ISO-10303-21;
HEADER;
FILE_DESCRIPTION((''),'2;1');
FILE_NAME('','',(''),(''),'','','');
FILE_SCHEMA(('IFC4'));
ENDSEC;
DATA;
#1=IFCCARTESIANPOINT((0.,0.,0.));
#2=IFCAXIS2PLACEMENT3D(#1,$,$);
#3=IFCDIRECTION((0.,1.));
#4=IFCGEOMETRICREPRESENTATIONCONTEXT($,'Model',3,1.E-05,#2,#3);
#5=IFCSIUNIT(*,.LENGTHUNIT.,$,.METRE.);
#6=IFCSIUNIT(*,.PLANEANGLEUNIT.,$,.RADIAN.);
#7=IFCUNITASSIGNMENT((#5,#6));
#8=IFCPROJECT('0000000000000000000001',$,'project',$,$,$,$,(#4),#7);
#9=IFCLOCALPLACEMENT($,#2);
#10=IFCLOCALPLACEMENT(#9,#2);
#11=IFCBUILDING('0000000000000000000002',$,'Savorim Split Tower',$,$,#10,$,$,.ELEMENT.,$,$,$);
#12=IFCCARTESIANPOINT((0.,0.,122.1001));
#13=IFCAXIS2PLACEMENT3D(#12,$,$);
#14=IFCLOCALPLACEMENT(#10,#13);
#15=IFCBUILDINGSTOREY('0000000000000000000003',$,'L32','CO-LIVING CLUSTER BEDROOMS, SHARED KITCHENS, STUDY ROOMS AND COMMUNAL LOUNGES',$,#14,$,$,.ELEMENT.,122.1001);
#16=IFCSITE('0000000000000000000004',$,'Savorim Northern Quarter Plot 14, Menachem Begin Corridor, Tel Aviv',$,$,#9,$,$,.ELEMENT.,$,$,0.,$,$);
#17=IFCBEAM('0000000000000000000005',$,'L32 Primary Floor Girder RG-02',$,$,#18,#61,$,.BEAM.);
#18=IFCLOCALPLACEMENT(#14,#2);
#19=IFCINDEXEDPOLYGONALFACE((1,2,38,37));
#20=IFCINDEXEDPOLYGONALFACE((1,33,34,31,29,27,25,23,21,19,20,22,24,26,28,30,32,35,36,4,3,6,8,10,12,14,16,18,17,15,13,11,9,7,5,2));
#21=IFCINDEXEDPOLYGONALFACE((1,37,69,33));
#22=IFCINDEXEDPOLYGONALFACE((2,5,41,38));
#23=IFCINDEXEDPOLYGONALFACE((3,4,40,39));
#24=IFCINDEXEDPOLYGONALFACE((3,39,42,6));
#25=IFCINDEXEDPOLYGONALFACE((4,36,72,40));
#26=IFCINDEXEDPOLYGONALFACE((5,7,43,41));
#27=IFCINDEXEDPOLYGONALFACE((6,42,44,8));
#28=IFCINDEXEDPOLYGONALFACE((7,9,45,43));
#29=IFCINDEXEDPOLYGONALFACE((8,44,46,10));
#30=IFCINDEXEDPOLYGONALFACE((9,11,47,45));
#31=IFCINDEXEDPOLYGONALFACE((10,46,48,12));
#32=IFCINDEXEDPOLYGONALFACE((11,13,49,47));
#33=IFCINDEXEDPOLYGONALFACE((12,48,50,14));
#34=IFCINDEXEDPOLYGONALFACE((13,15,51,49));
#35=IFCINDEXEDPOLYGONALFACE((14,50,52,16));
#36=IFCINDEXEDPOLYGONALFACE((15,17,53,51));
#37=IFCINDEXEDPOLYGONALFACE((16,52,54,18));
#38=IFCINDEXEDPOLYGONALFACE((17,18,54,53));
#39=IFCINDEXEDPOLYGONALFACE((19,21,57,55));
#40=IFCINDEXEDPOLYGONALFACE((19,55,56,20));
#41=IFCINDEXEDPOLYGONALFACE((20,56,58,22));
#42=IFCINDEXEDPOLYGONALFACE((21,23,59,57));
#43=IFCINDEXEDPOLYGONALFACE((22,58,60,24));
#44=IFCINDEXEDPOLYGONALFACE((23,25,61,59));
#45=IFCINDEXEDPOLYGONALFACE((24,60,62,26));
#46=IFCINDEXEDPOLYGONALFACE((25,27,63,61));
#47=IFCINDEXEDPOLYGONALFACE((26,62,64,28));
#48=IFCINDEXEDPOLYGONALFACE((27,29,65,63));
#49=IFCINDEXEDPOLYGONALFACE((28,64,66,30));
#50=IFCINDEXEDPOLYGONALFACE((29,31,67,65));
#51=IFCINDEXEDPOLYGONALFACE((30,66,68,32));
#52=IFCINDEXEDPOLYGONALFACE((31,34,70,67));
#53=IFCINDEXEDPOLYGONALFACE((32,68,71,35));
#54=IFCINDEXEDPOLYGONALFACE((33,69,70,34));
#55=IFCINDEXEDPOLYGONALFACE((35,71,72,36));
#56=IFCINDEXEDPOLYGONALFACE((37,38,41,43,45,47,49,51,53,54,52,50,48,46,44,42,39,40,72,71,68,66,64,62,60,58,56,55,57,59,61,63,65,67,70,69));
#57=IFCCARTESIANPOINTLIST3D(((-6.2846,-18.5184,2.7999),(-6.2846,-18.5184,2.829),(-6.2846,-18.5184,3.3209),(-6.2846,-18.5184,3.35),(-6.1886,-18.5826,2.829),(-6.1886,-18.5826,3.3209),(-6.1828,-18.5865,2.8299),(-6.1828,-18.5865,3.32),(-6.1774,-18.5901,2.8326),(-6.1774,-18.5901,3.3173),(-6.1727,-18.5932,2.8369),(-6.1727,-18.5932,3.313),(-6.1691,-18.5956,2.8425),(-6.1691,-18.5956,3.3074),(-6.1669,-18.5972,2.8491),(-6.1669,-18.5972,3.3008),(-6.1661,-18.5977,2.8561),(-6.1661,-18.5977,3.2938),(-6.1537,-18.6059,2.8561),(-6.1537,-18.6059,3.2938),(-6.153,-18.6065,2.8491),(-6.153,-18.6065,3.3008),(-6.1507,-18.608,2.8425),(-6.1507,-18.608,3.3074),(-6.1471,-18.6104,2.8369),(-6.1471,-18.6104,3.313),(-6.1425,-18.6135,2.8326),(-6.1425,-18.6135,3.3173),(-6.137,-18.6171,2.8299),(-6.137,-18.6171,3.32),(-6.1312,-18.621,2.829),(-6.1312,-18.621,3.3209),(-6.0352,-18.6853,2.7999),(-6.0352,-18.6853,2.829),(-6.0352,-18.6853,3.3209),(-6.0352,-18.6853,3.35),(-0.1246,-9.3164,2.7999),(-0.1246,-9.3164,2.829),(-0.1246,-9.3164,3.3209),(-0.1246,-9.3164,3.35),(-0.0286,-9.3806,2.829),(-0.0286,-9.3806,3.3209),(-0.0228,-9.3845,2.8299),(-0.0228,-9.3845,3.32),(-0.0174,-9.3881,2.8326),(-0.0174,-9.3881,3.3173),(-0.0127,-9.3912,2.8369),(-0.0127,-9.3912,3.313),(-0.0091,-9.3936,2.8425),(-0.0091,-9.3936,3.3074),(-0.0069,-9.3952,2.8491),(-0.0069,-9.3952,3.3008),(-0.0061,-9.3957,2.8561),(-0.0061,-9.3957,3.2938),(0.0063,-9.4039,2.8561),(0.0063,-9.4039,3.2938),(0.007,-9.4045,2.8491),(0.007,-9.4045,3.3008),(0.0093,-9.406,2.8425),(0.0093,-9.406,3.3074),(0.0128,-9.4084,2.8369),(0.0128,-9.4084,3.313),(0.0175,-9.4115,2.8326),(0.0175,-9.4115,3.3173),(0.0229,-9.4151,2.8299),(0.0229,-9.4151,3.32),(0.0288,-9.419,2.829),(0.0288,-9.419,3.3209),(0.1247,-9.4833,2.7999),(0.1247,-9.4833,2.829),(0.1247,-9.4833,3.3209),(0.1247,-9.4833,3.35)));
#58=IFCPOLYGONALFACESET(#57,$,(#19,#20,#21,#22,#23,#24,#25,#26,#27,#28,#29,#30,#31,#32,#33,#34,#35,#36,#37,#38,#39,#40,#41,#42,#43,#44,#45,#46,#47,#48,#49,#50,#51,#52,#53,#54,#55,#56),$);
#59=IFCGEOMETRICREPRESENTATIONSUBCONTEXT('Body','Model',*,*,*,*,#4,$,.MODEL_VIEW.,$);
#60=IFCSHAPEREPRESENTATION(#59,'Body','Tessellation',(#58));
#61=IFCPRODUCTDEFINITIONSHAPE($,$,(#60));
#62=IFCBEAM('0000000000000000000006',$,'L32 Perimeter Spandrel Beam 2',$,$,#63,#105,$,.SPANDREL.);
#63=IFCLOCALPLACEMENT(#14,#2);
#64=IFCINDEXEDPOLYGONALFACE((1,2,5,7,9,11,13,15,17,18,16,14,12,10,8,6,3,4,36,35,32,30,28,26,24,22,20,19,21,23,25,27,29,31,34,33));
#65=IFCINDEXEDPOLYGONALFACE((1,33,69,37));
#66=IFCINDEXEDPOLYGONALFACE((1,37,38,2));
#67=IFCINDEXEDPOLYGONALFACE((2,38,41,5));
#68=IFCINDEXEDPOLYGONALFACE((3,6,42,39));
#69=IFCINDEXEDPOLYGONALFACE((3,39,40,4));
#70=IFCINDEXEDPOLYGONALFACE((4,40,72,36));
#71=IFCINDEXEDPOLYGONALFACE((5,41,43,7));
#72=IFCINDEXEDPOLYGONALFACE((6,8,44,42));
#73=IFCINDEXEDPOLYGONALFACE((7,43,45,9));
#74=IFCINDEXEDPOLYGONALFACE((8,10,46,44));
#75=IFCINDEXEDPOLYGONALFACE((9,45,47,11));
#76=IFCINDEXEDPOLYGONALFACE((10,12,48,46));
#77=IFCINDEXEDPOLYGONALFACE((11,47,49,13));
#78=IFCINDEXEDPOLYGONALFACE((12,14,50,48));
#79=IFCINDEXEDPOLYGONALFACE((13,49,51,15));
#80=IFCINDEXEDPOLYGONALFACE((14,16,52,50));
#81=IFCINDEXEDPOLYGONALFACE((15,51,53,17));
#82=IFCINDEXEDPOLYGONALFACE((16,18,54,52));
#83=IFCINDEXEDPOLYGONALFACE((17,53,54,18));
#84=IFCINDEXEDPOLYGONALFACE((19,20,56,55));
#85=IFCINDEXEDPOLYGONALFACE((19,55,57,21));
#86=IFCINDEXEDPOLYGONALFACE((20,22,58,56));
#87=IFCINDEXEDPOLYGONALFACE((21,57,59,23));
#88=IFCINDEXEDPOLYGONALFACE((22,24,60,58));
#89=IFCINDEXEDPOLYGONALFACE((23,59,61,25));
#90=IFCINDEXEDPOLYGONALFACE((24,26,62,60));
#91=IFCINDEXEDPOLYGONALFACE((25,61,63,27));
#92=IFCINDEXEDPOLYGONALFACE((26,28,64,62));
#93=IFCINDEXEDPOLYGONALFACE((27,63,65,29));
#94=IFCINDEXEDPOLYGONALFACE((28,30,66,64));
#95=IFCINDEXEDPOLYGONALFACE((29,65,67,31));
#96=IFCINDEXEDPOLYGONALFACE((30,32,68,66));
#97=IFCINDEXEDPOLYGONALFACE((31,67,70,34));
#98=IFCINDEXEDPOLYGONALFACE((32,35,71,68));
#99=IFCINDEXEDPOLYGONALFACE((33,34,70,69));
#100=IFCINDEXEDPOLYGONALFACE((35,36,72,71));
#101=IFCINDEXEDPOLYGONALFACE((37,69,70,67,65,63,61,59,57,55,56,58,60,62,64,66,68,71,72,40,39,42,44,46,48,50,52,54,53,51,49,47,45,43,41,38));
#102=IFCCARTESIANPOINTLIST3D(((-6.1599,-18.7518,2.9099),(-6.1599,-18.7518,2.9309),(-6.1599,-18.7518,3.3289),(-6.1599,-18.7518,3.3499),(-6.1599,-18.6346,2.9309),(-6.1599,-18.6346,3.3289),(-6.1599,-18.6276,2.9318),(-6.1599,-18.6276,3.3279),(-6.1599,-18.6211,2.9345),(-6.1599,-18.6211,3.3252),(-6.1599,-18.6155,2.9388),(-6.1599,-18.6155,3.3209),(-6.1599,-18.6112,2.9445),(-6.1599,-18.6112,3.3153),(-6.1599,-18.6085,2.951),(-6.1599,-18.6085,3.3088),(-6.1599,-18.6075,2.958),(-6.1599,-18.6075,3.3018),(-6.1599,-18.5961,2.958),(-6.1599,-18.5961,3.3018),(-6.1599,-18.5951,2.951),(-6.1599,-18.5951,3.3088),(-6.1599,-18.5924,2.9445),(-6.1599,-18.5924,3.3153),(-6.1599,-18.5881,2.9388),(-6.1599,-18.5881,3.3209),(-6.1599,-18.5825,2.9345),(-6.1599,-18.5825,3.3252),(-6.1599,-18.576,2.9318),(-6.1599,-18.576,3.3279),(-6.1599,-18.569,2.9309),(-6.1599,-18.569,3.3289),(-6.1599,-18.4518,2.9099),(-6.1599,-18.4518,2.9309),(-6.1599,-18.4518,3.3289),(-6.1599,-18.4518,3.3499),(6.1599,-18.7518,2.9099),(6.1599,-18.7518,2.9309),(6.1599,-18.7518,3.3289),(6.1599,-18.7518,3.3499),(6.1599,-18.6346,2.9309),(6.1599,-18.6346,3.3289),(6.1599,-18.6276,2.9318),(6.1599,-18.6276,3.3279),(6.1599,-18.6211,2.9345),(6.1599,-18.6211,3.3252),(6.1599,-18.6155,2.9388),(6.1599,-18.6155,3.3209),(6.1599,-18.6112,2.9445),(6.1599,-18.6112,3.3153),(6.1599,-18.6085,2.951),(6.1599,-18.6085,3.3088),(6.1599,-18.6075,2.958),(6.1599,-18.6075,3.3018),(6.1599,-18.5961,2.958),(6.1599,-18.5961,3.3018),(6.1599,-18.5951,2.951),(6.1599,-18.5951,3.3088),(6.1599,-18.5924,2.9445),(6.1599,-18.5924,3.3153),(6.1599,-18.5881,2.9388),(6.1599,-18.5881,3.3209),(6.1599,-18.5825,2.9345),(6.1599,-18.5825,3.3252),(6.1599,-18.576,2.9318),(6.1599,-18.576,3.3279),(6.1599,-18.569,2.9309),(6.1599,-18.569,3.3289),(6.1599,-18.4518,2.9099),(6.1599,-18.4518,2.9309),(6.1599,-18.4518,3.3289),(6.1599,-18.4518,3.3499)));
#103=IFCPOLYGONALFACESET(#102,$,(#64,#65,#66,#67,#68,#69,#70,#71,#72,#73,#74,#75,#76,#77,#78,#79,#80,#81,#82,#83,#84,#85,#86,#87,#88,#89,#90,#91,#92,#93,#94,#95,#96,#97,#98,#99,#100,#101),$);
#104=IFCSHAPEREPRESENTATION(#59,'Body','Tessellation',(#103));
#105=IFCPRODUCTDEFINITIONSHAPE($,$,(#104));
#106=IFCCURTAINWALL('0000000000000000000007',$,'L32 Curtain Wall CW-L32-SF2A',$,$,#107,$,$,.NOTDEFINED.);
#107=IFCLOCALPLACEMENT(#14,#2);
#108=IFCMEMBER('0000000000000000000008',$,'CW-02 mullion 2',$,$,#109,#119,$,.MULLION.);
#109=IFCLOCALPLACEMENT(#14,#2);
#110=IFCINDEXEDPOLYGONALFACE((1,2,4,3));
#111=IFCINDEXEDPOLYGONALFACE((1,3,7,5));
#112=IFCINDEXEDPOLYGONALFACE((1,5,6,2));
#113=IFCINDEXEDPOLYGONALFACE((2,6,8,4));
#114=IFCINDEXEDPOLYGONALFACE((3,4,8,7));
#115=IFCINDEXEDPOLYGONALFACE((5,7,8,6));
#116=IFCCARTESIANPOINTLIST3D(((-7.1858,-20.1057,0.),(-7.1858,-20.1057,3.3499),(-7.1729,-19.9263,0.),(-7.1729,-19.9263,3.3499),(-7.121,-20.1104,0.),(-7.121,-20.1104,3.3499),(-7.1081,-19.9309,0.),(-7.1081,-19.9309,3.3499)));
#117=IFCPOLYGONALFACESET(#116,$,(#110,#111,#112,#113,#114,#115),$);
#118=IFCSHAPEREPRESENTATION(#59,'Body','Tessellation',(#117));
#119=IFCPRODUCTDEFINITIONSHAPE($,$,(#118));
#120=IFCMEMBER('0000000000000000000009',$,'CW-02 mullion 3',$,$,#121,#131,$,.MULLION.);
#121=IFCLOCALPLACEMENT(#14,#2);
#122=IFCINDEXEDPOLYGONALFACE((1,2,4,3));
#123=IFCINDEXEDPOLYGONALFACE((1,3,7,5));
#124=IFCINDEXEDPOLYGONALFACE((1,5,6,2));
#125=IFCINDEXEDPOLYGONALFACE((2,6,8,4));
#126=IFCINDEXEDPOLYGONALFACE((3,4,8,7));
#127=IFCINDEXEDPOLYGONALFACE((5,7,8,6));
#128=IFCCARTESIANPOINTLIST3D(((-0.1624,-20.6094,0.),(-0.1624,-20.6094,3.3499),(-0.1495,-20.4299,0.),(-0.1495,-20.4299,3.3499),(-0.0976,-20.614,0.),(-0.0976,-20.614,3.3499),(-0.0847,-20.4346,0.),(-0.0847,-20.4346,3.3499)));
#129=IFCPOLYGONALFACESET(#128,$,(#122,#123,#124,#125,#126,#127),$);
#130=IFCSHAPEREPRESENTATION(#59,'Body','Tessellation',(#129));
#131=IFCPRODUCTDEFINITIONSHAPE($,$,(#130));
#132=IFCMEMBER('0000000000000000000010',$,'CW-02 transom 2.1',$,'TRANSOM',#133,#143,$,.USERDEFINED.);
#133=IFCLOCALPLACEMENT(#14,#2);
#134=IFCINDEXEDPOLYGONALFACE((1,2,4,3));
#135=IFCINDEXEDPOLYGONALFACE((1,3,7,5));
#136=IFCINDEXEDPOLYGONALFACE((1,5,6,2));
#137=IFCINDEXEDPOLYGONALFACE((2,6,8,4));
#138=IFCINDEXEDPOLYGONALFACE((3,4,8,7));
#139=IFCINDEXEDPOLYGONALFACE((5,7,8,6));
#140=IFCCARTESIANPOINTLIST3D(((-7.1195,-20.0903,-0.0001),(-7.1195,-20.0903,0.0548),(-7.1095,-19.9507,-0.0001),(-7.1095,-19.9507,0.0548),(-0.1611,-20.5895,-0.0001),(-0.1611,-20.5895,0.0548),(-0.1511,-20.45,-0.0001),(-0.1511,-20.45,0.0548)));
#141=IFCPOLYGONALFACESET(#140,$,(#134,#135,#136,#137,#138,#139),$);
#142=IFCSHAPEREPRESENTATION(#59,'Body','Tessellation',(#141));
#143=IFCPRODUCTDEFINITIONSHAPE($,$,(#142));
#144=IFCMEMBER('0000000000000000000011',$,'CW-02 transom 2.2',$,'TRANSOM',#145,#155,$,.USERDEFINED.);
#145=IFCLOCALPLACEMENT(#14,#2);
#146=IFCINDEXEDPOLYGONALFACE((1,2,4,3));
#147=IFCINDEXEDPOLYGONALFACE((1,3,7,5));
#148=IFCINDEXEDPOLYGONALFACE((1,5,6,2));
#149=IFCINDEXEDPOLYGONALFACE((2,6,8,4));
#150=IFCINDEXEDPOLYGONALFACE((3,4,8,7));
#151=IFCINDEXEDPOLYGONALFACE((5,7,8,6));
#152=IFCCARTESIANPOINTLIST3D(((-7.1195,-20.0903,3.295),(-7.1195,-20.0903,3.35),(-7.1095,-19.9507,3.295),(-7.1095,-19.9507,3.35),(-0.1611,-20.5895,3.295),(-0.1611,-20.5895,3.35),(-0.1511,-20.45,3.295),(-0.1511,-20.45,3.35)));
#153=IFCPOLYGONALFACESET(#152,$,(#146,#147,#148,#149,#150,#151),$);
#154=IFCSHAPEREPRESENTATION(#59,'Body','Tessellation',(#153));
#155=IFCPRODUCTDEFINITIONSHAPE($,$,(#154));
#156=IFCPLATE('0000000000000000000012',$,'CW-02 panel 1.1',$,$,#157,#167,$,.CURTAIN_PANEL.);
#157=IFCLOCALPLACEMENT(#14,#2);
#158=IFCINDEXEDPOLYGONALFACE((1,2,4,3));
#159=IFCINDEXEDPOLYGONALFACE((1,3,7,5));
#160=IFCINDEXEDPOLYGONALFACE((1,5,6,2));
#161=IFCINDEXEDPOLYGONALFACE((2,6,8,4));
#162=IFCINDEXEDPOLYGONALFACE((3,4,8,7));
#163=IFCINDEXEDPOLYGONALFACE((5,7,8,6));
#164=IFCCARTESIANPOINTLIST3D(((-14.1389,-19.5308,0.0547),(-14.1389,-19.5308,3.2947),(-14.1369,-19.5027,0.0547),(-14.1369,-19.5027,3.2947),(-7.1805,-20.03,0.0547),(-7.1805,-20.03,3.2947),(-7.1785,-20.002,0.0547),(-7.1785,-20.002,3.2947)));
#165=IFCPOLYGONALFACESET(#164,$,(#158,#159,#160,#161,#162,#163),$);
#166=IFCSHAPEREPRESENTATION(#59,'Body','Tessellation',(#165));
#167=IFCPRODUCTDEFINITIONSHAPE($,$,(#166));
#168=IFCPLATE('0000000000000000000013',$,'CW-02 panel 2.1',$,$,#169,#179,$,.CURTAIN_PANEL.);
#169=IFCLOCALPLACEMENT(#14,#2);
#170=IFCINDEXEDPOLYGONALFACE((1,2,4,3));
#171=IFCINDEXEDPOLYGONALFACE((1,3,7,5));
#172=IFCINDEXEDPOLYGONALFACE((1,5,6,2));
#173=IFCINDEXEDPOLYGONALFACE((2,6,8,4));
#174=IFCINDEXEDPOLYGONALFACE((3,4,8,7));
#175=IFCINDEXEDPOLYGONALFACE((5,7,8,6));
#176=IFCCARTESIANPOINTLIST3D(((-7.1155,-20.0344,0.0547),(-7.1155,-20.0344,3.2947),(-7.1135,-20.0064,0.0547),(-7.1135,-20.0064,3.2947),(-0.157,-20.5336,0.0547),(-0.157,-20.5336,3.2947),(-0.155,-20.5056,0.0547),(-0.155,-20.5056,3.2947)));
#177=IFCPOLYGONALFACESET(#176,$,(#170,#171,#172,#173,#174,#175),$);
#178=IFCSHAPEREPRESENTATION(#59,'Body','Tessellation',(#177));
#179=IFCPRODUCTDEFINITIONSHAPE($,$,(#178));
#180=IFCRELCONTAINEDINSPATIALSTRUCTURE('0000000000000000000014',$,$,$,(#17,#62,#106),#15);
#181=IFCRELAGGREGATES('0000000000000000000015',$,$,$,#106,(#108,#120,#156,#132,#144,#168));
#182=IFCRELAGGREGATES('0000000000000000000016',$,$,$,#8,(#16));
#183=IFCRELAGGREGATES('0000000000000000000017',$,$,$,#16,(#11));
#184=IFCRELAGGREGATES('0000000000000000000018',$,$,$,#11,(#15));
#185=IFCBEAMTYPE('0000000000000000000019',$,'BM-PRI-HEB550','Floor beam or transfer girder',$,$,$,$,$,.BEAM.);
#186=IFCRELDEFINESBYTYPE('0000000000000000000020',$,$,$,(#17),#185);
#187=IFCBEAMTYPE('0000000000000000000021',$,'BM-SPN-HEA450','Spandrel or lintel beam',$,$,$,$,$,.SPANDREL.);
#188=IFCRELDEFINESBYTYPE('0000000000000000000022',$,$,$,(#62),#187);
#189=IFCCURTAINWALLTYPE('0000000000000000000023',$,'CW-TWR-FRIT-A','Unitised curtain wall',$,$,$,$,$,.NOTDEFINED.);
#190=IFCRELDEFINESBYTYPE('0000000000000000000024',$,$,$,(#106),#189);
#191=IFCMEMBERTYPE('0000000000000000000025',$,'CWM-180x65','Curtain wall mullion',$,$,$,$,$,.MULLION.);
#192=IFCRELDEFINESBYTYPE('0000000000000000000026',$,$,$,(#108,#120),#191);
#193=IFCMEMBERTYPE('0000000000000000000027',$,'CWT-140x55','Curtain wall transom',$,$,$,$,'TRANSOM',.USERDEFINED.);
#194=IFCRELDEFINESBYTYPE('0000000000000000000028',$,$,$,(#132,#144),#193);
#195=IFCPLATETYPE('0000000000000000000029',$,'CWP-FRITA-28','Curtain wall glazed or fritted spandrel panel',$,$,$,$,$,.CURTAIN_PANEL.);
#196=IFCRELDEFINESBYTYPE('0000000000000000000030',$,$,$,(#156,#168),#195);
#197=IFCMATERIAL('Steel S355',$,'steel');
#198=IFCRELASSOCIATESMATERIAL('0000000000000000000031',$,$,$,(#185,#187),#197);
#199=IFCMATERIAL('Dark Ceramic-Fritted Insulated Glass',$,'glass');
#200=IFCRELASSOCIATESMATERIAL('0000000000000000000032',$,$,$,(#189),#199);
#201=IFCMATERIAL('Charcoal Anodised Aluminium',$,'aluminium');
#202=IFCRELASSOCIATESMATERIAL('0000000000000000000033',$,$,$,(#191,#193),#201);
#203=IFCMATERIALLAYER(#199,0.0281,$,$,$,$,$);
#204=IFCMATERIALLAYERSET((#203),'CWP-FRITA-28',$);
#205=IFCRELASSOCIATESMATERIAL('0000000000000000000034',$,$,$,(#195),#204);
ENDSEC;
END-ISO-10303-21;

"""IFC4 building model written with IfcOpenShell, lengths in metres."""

from ifc_helpers import new_model, si_unit, direction, frame, origin, origin_2d, place, context, subcontext, project, spatial, rectangle, i_section, extrude, material, layer, layer_set, material_profile, profile_set, type_object, element, aggregate, save


model = new_model("IFC4")

# Units and contexts
model_context = context("Model", 3, precision=1e-05, world=origin(), true_north=direction((0.0, 1.0)))
body_context = subcontext(model_context, "Body", "Model", "MODEL_VIEW")
ifc_project = project(units=[si_unit("LENGTHUNIT", "METRE"), si_unit("PLANEANGLEUNIT", "RADIAN")], contexts=[model_context])

# Site, building, storey
site_placement = place(None, origin())
site = spatial("IfcSite", under=ifc_project, at=site_placement, Name="Savorim Northern Quarter Plot 14, Menachem Begin Corridor, Tel Aviv", CompositionType="ELEMENT", RefElevation=0.0)
building_placement = place(site_placement, origin())
building = spatial("IfcBuilding", under=site, at=building_placement, Name="Savorim Split Tower", CompositionType="ELEMENT")
storey_placement = place(building_placement, frame((0.0, 0.0, 122.1001)))
storey = spatial("IfcBuildingStorey", under=building, at=storey_placement, Name="L32", Description="CO-LIVING CLUSTER BEDROOMS, SHARED KITCHENS, STUDY ROOMS AND COMMUNAL LOUNGES", CompositionType="ELEMENT", Elevation=122.1001)

# Beams
ifc_material_1 = material(Name="Steel S355", Category="steel")
ifc_material_profile_1 = material_profile(ifc_material_1, i_section(OverallWidth=0.3, OverallDepth=0.55, WebThickness=0.0149, FlangeThickness=0.0291, FilletRadius=0.0271, at=origin_2d()), Name="HEB 550")
ifc_profile_set_1 = profile_set([ifc_material_profile_1], Name="Steel S355")
beam_type_1 = type_object("IfcBeamType", Name="BM-PRI-HEB550", Description="Floor beam or transfer girder", PredefinedType="BEAM", material=ifc_profile_set_1)
beam_1_placement = place(storey_placement, frame((-6.1599, -18.6018, 3.075), z_axis=(0.556282, 0.830994, 0.0), x_axis=(-0.830994, 0.556282, 0.0)))
element("IfcBeam", 1, at=beam_1_placement, inside=storey, type_object=beam_type_1, Name="L32 Primary Floor Girder RG-02", PredefinedType="BEAM", context=body_context, shape_type="SweptSolid", body=[
    extrude(i_section(OverallWidth=0.3, OverallDepth=0.55, WebThickness=0.0149, FlangeThickness=0.0291, FilletRadius=0.0271, at=origin_2d()), origin(), (0.0, 0.0, 1.0), 11.0735),
])
ifc_material_profile_2 = material_profile(ifc_material_1, i_section(OverallWidth=0.3, OverallDepth=0.4399, WebThickness=0.0115, FlangeThickness=0.021, FilletRadius=0.0271, at=origin_2d()), Name="HEA 450")
ifc_profile_set_2 = profile_set([ifc_material_profile_2], Name="Steel S355")
beam_type_2 = type_object("IfcBeamType", Name="BM-SPN-HEA450", Description="Spandrel or lintel beam", PredefinedType="SPANDREL", material=ifc_profile_set_2)
beam_2_placement = place(storey_placement, frame((-6.1599, -18.6018, 3.1299), z_axis=(1.0, 0.0, 0.0), x_axis=(0.0, 1.0, 0.0)))
element("IfcBeam", 2, at=beam_2_placement, inside=storey, type_object=beam_type_2, Name="L32 Perimeter Spandrel Beam 2", PredefinedType="SPANDREL", context=body_context, shape_type="SweptSolid", body=[
    extrude(i_section(OverallWidth=0.3, OverallDepth=0.4399, WebThickness=0.0115, FlangeThickness=0.021, FilletRadius=0.0271, at=origin_2d()), origin(), (0.0, 0.0, 1.0), 12.3198),
])

# Curtain wall, members, plates
ifc_material_2 = material(Name="Dark Ceramic-Fritted Insulated Glass", Category="glass")
curtain_wall_type = type_object("IfcCurtainWallType", Name="CW-TWR-FRIT-A", Description="Unitised curtain wall", PredefinedType="NOTDEFINED", material=ifc_material_2)
curtain_wall_placement = place(storey_placement, origin())
curtain_wall = element("IfcCurtainWall", 3, at=curtain_wall_placement, inside=storey, type_object=curtain_wall_type, Name="L32 Curtain Wall CW-L32-SF2A", PredefinedType="NOTDEFINED")
ifc_material_3 = material(Name="Charcoal Anodised Aluminium", Category="aluminium")
ifc_material_profile_3 = material_profile(ifc_material_3, rectangle(XDim=0.1799, YDim=0.0649, at=origin_2d()), Name="ALU-M 180x65")
ifc_profile_set_3 = profile_set([ifc_material_profile_3], Name="Charcoal Anodised Aluminium")
member_type_1 = type_object("IfcMemberType", Name="CWM-180x65", Description="Curtain wall mullion", PredefinedType="MULLION", material=ifc_profile_set_3)
member_1_placement = place(storey_placement, frame((-7.147, -20.0183, 0.0), z_axis=(0.0, 0.0, 1.0), x_axis=(0.071559, 0.997436, 0.0)))
member_1 = element("IfcMember", 4, at=member_1_placement, type_object=member_type_1, Name="CW-02 mullion 2", PredefinedType="MULLION", context=body_context, shape_type="SweptSolid", body=[
    extrude(rectangle(XDim=0.1799, YDim=0.0649, at=origin_2d()), origin(), (0.0, 0.0, 1.0), 3.3499),
])
member_2_placement = place(storey_placement, frame((-0.1235, -20.522, 0.0), z_axis=(0.0, 0.0, 1.0), x_axis=(0.071559, 0.997436, 0.0)))
member_2 = element("IfcMember", 5, at=member_2_placement, type_object=member_type_1, Name="CW-02 mullion 3", PredefinedType="MULLION", context=body_context, shape_type="SweptSolid", body=[
    extrude(rectangle(XDim=0.1799, YDim=0.0649, at=origin_2d()), origin(), (0.0, 0.0, 1.0), 3.3499),
])
ifc_material_profile_4 = material_profile(ifc_material_3, rectangle(XDim=0.1399, YDim=0.0549, at=origin_2d()), Name="ALU-T 140x55")
ifc_profile_set_4 = profile_set([ifc_material_profile_4], Name="Charcoal Anodised Aluminium")
member_type_2 = type_object("IfcMemberType", Name="CWT-140x55", Description="Curtain wall transom", ElementType="TRANSOM", PredefinedType="USERDEFINED", material=ifc_profile_set_4)
member_3_placement = place(storey_placement, frame((-7.1145, -20.0205, 0.0273), z_axis=(0.997436, -0.071565, 0.0), x_axis=(0.071565, 0.997436, 0.0)))
member_3 = element("IfcMember", 6, at=member_3_placement, type_object=member_type_2, Name="CW-02 transom 2.1", ObjectType="TRANSOM", PredefinedType="USERDEFINED", context=body_context, shape_type="SweptSolid", body=[
    extrude(rectangle(XDim=0.1399, YDim=0.0549, at=origin_2d()), origin(), (0.0, 0.0, 1.0), 6.9763),
])
member_4_placement = place(storey_placement, frame((-7.1145, -20.0205, 3.3225), z_axis=(0.997436, -0.071565, 0.0), x_axis=(0.071565, 0.997436, 0.0)))
member_4 = element("IfcMember", 7, at=member_4_placement, type_object=member_type_2, Name="CW-02 transom 2.2", ObjectType="TRANSOM", PredefinedType="USERDEFINED", context=body_context, shape_type="SweptSolid", body=[
    extrude(rectangle(XDim=0.1399, YDim=0.0549, at=origin_2d()), origin(), (0.0, 0.0, 1.0), 6.9763),
])
ifc_layer_1 = layer(ifc_material_2, 0.0281)
ifc_layer_set_1 = layer_set([ifc_layer_1], Name="CWP-FRITA-28")
plate_type = type_object("IfcPlateType", Name="CWP-FRITA-28", Description="Curtain wall glazed or fritted spandrel panel", PredefinedType="CURTAIN_PANEL", material=ifc_layer_set_1)
plate_1_placement = place(storey_placement, frame((-10.6587, -19.7664, 0.0547), z_axis=(0.0, 0.0, 1.0), x_axis=(0.997436, -0.071559, 0.0)))
plate_1 = element("IfcPlate", 8, at=plate_1_placement, type_object=plate_type, Name="CW-02 panel 1.1", PredefinedType="CURTAIN_PANEL", context=body_context, shape_type="SweptSolid", body=[
    extrude(rectangle(XDim=6.9763, YDim=0.0281, at=origin_2d()), origin(), (0.0, 0.0, 1.0), 3.24),
])
plate_2_placement = place(storey_placement, frame((-3.6353, -20.27, 0.0547), z_axis=(0.0, 0.0, 1.0), x_axis=(0.997436, -0.071559, 0.0)))
plate_2 = element("IfcPlate", 9, at=plate_2_placement, type_object=plate_type, Name="CW-02 panel 2.1", PredefinedType="CURTAIN_PANEL", context=body_context, shape_type="SweptSolid", body=[
    extrude(rectangle(XDim=6.9763, YDim=0.0281, at=origin_2d()), origin(), (0.0, 0.0, 1.0), 3.24),
])
aggregate(curtain_wall, [member_1, member_2, plate_1, member_3, member_4, plate_2])

save(model, "model.ifc")
